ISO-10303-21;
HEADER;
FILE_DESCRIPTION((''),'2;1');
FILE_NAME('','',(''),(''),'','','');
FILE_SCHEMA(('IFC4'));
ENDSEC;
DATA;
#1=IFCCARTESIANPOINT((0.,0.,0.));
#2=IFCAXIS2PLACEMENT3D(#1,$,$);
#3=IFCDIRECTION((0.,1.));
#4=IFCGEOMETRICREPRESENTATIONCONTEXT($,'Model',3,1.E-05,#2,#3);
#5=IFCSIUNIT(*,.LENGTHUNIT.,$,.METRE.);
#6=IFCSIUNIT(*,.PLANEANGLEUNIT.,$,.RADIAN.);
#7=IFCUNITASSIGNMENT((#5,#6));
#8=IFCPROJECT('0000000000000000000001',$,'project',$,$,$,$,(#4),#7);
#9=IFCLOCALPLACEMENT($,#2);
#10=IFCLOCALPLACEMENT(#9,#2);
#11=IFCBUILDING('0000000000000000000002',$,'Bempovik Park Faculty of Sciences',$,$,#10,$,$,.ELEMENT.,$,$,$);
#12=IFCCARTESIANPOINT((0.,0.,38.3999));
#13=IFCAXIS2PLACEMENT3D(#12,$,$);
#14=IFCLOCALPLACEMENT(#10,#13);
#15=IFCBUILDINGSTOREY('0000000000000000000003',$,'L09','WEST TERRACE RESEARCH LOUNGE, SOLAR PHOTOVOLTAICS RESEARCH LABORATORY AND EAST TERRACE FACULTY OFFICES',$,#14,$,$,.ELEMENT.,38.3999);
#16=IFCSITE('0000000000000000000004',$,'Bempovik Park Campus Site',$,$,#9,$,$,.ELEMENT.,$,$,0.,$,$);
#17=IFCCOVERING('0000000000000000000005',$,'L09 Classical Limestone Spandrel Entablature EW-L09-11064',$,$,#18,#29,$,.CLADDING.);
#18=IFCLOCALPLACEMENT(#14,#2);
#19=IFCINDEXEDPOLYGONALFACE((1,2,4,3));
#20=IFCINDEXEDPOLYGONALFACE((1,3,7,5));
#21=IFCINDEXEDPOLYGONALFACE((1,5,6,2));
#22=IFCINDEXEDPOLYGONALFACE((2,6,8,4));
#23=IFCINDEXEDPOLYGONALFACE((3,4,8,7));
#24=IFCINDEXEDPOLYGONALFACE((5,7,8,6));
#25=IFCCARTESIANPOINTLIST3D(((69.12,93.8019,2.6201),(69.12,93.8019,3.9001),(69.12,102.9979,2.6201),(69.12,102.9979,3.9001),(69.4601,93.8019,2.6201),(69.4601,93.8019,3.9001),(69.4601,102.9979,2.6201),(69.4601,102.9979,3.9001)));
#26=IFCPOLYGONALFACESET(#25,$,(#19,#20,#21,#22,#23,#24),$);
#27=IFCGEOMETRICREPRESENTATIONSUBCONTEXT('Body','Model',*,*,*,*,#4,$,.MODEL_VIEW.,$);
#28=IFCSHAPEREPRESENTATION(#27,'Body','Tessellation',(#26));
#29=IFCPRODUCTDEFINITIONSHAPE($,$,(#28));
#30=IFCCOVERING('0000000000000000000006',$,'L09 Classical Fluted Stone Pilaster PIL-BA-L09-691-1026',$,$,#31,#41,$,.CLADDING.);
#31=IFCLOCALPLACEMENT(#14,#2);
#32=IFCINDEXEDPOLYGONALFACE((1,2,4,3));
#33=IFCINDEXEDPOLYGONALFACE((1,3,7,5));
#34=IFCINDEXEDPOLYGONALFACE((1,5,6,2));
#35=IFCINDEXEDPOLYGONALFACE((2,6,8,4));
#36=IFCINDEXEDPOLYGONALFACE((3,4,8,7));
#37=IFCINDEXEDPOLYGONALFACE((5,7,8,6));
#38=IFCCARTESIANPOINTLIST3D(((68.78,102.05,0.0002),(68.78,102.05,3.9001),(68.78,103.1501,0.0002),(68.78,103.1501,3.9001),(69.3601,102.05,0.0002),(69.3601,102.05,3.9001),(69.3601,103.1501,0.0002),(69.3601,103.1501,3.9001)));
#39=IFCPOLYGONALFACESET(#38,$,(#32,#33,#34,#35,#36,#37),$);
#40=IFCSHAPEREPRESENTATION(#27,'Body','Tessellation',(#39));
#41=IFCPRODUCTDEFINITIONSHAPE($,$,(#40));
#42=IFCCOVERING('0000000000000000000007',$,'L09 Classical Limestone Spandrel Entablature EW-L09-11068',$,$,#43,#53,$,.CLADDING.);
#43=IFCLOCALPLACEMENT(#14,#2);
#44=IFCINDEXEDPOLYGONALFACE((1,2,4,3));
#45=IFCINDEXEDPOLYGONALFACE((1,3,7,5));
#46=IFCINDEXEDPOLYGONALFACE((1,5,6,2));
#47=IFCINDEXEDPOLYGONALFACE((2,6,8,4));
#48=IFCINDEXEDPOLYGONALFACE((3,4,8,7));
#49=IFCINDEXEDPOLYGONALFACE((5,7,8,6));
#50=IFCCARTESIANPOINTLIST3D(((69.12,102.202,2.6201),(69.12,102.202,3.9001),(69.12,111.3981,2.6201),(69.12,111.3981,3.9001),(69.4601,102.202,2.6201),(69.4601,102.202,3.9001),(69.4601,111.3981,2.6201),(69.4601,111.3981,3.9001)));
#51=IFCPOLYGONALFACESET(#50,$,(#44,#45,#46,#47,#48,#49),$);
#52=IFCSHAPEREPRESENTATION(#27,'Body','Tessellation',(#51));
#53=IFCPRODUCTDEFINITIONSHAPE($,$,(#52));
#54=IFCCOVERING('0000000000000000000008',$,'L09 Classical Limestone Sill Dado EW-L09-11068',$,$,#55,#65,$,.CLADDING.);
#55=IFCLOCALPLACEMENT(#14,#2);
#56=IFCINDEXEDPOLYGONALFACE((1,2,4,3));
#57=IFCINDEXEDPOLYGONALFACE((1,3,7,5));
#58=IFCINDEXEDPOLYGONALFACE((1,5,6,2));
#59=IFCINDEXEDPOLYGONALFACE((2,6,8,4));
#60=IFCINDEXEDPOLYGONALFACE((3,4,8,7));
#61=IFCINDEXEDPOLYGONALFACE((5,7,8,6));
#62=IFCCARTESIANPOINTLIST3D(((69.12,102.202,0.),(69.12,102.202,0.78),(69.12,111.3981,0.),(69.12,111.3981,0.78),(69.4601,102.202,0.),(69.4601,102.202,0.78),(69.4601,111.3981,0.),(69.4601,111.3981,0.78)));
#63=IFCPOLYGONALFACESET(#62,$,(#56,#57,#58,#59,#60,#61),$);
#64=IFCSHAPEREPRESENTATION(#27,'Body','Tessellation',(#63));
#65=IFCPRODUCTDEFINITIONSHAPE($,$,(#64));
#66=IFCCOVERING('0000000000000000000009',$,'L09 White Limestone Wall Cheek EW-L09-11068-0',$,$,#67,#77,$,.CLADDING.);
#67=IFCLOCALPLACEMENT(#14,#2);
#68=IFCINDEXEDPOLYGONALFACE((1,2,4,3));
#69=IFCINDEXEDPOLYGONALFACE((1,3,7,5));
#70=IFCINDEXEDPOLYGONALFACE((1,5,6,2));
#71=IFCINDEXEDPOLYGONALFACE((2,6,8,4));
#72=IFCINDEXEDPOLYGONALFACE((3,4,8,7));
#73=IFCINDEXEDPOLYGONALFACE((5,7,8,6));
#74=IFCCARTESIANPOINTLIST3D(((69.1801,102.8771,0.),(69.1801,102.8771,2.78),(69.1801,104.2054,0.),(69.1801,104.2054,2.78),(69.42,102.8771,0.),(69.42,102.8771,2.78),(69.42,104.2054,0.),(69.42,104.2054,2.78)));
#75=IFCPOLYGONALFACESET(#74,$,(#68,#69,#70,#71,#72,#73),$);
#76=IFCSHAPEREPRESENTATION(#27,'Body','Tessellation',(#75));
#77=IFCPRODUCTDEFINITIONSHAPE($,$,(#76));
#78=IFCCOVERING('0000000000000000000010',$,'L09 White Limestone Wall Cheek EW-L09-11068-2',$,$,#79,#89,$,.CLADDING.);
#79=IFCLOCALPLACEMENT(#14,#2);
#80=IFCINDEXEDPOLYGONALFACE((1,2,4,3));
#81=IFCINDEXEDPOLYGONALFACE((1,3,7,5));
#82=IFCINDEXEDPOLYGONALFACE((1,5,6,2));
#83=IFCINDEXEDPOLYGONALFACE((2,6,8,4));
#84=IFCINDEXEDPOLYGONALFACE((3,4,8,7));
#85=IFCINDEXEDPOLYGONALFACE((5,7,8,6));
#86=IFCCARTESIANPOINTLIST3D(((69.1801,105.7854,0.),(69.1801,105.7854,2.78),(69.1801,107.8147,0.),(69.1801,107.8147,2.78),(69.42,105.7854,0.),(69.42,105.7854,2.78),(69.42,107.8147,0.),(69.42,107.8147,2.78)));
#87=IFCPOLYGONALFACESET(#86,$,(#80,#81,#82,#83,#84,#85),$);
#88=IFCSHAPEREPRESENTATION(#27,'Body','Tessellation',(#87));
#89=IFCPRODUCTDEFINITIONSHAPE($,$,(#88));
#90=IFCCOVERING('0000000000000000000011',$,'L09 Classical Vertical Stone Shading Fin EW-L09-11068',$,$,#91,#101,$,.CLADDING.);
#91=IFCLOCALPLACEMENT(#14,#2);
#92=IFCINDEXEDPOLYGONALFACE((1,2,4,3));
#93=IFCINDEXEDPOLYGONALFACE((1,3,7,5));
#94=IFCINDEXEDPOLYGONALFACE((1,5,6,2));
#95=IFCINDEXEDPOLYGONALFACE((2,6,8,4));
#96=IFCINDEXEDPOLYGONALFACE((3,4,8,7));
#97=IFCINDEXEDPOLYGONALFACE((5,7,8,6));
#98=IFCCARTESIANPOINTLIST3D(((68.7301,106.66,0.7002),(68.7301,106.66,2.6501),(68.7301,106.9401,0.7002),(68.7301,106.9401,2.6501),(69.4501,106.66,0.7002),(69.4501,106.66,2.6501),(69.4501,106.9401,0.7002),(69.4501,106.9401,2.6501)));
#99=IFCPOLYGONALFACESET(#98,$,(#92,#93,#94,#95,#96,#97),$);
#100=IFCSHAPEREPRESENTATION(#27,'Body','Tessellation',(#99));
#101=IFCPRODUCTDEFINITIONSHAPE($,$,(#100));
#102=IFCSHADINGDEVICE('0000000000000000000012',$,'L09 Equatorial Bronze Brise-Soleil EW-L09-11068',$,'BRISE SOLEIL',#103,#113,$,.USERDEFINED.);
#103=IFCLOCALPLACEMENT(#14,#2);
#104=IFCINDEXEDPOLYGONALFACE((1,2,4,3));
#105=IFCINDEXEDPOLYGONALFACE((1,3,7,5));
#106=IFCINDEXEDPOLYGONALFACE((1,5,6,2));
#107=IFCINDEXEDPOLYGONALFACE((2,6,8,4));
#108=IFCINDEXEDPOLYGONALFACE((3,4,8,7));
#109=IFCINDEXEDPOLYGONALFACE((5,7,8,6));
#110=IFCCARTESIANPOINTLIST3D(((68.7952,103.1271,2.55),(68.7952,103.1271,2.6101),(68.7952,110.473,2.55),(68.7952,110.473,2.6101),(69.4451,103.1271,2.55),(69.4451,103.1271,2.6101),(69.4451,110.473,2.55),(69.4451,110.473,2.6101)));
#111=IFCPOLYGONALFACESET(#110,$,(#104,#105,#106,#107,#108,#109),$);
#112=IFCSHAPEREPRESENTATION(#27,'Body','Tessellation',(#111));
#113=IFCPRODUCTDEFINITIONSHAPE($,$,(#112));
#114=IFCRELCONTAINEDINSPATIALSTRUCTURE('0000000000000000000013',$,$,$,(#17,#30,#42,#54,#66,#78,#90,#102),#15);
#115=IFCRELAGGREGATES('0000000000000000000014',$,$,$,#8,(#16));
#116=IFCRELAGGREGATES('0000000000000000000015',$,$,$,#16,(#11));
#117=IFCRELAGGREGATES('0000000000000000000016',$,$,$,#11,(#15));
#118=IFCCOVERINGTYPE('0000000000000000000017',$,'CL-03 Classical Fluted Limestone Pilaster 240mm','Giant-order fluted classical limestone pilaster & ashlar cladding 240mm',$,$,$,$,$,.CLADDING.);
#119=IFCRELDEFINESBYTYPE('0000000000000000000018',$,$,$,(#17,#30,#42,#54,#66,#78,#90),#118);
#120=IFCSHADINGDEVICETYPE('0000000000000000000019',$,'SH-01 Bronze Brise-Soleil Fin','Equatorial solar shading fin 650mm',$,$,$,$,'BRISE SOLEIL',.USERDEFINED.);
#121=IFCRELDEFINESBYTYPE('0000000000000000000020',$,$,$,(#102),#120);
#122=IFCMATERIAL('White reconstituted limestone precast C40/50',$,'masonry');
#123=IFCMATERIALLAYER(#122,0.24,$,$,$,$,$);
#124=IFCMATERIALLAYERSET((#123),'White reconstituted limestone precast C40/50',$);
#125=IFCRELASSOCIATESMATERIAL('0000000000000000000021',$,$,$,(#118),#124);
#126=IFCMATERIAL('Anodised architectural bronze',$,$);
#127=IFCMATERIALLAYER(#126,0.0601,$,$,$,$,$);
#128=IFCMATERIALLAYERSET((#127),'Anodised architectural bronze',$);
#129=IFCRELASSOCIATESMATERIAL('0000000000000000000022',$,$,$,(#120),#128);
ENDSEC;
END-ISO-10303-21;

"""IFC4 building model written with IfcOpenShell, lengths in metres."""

from ifc_helpers import new_model, si_unit, direction, frame, origin, origin_2d, place, context, subcontext, project, spatial, rectangle, extrude, material, layer, layer_set, type_object, element, save


model = new_model("IFC4")

# Units and contexts
model_context = context("Model", 3, precision=1e-05, world=origin(), true_north=direction((0.0, 1.0)))
body_context = subcontext(model_context, "Body", "Model", "MODEL_VIEW")
ifc_project = project(units=[si_unit("LENGTHUNIT", "METRE"), si_unit("PLANEANGLEUNIT", "RADIAN")], contexts=[model_context])

# Site, building, storey
site_placement = place(None, origin())
site = spatial("IfcSite", under=ifc_project, at=site_placement, Name="Bempovik Park Campus Site", CompositionType="ELEMENT", RefElevation=0.0)
building_placement = place(site_placement, origin())
building = spatial("IfcBuilding", under=site, at=building_placement, Name="Bempovik Park Faculty of Sciences", CompositionType="ELEMENT")
storey_placement = place(building_placement, frame((0.0, 0.0, 38.3999)))
storey = spatial("IfcBuildingStorey", under=building, at=storey_placement, Name="L09", Description="WEST TERRACE RESEARCH LOUNGE, SOLAR PHOTOVOLTAICS RESEARCH LABORATORY AND EAST TERRACE FACULTY OFFICES", CompositionType="ELEMENT", Elevation=38.3999)

# Shared definitions
ifc_material_1 = material(Name="Anodised architectural bronze")

# Coverings
ifc_material_2 = material(Name="White reconstituted limestone precast C40/50", Category="masonry")
ifc_layer_1 = layer(ifc_material_2, 0.24)
ifc_layer_set_1 = layer_set([ifc_layer_1], Name="White reconstituted limestone precast C40/50")
covering_type_1 = type_object("IfcCoveringType", Name="CL-03 Classical Fluted Limestone Pilaster 240mm", Description="Giant-order fluted classical limestone pilaster & ashlar cladding 240mm", PredefinedType="CLADDING", material=ifc_layer_set_1)
covering_1_placement = place(storey_placement, frame((69.29, 98.3999, 2.6201), z_axis=(0.0, 0.0, 1.0), x_axis=(1.0, 0.0, 0.0)))
element("IfcCovering", 1, at=covering_1_placement, inside=storey, type_object=covering_type_1, Name="L09 Classical Limestone Spandrel Entablature EW-L09-11064", PredefinedType="CLADDING", context=body_context, shape_type="SweptSolid", body=[
    extrude(rectangle(XDim=0.3401, YDim=9.196, at=origin_2d()), origin(), (0.0, 0.0, 1.0), 1.28),
])
covering_2_placement = place(storey_placement, frame((69.0701, 102.6001, 0.0002), z_axis=(0.0, 0.0, 1.0), x_axis=(1.0, 0.0, 0.0)))
element("IfcCovering", 2, at=covering_2_placement, inside=storey, type_object=covering_type_1, Name="L09 Classical Fluted Stone Pilaster PIL-BA-L09-691-1026", PredefinedType="CLADDING", context=body_context, shape_type="SweptSolid", body=[
    extrude(rectangle(XDim=0.5801, YDim=1.1001, at=origin_2d()), origin(), (0.0, 0.0, 1.0), 3.8999),
])
covering_3_placement = place(storey_placement, frame((69.29, 106.8, 2.6201), z_axis=(0.0, 0.0, 1.0), x_axis=(1.0, 0.0, 0.0)))
element("IfcCovering", 3, at=covering_3_placement, inside=storey, type_object=covering_type_1, Name="L09 Classical Limestone Spandrel Entablature EW-L09-11068", PredefinedType="CLADDING", context=body_context, shape_type="SweptSolid", body=[
    extrude(rectangle(XDim=0.3401, YDim=9.196, at=origin_2d()), origin(), (0.0, 0.0, 1.0), 1.28),
])
covering_4_placement = place(storey_placement, frame((69.29, 106.8, 0.0), z_axis=(0.0, 0.0, 1.0), x_axis=(1.0, 0.0, 0.0)))
element("IfcCovering", 4, at=covering_4_placement, inside=storey, type_object=covering_type_1, Name="L09 Classical Limestone Sill Dado EW-L09-11068", PredefinedType="CLADDING", context=body_context, shape_type="SweptSolid", body=[
    extrude(rectangle(XDim=0.3401, YDim=9.196, at=origin_2d()), origin(), (0.0, 0.0, 1.0), 0.78),
])
covering_5_placement = place(storey_placement, frame((69.3, 103.5413, 0.0), z_axis=(0.0, 0.0, 1.0), x_axis=(1.0, 0.0, 0.0)))
element("IfcCovering", 5, at=covering_5_placement, inside=storey, type_object=covering_type_1, Name="L09 White Limestone Wall Cheek EW-L09-11068-0", PredefinedType="CLADDING", context=body_context, shape_type="SweptSolid", body=[
    extrude(rectangle(XDim=0.24, YDim=1.3284, at=origin_2d()), origin(), (0.0, 0.0, 1.0), 2.78),
])
covering_6_placement = place(storey_placement, frame((69.3, 106.8, 0.0), z_axis=(0.0, 0.0, 1.0), x_axis=(1.0, 0.0, 0.0)))
element("IfcCovering", 6, at=covering_6_placement, inside=storey, type_object=covering_type_1, Name="L09 White Limestone Wall Cheek EW-L09-11068-2", PredefinedType="CLADDING", context=body_context, shape_type="SweptSolid", body=[
    extrude(rectangle(XDim=0.24, YDim=2.0293, at=origin_2d()), origin(), (0.0, 0.0, 1.0), 2.78),
])
covering_7_placement = place(storey_placement, frame((69.0901, 106.8, 0.7002), z_axis=(0.0, 0.0, 1.0), x_axis=(1.0, 0.0, 0.0)))
element("IfcCovering", 7, at=covering_7_placement, inside=storey, type_object=covering_type_1, Name="L09 Classical Vertical Stone Shading Fin EW-L09-11068", PredefinedType="CLADDING", context=body_context, shape_type="SweptSolid", body=[
    extrude(rectangle(XDim=0.72, YDim=0.28, at=origin_2d()), origin(), (0.0, 0.0, 1.0), 1.95),
])

# Shading device
ifc_layer_2 = layer(ifc_material_1, 0.0601)
ifc_layer_set_2 = layer_set([ifc_layer_2], Name="Anodised architectural bronze")
shading_device_type = type_object("IfcShadingDeviceType", Name="SH-01 Bronze Brise-Soleil Fin", Description="Equatorial solar shading fin 650mm", ElementType="BRISE SOLEIL", PredefinedType="USERDEFINED", material=ifc_layer_set_2)
shading_device_placement = place(storey_placement, frame((69.1201, 106.8, 2.55), z_axis=(0.0, 0.0, 1.0), x_axis=(1.0, 0.0, 0.0)))
element("IfcShadingDevice", 8, at=shading_device_placement, inside=storey, type_object=shading_device_type, Name="L09 Equatorial Bronze Brise-Soleil EW-L09-11068", ObjectType="BRISE SOLEIL", PredefinedType="USERDEFINED", context=body_context, shape_type="SweptSolid", body=[
    extrude(rectangle(XDim=0.6499, YDim=7.3459, at=origin_2d()), origin(), (0.0, 0.0, 1.0), 0.0601),
])

save(model, "model.ifc")
